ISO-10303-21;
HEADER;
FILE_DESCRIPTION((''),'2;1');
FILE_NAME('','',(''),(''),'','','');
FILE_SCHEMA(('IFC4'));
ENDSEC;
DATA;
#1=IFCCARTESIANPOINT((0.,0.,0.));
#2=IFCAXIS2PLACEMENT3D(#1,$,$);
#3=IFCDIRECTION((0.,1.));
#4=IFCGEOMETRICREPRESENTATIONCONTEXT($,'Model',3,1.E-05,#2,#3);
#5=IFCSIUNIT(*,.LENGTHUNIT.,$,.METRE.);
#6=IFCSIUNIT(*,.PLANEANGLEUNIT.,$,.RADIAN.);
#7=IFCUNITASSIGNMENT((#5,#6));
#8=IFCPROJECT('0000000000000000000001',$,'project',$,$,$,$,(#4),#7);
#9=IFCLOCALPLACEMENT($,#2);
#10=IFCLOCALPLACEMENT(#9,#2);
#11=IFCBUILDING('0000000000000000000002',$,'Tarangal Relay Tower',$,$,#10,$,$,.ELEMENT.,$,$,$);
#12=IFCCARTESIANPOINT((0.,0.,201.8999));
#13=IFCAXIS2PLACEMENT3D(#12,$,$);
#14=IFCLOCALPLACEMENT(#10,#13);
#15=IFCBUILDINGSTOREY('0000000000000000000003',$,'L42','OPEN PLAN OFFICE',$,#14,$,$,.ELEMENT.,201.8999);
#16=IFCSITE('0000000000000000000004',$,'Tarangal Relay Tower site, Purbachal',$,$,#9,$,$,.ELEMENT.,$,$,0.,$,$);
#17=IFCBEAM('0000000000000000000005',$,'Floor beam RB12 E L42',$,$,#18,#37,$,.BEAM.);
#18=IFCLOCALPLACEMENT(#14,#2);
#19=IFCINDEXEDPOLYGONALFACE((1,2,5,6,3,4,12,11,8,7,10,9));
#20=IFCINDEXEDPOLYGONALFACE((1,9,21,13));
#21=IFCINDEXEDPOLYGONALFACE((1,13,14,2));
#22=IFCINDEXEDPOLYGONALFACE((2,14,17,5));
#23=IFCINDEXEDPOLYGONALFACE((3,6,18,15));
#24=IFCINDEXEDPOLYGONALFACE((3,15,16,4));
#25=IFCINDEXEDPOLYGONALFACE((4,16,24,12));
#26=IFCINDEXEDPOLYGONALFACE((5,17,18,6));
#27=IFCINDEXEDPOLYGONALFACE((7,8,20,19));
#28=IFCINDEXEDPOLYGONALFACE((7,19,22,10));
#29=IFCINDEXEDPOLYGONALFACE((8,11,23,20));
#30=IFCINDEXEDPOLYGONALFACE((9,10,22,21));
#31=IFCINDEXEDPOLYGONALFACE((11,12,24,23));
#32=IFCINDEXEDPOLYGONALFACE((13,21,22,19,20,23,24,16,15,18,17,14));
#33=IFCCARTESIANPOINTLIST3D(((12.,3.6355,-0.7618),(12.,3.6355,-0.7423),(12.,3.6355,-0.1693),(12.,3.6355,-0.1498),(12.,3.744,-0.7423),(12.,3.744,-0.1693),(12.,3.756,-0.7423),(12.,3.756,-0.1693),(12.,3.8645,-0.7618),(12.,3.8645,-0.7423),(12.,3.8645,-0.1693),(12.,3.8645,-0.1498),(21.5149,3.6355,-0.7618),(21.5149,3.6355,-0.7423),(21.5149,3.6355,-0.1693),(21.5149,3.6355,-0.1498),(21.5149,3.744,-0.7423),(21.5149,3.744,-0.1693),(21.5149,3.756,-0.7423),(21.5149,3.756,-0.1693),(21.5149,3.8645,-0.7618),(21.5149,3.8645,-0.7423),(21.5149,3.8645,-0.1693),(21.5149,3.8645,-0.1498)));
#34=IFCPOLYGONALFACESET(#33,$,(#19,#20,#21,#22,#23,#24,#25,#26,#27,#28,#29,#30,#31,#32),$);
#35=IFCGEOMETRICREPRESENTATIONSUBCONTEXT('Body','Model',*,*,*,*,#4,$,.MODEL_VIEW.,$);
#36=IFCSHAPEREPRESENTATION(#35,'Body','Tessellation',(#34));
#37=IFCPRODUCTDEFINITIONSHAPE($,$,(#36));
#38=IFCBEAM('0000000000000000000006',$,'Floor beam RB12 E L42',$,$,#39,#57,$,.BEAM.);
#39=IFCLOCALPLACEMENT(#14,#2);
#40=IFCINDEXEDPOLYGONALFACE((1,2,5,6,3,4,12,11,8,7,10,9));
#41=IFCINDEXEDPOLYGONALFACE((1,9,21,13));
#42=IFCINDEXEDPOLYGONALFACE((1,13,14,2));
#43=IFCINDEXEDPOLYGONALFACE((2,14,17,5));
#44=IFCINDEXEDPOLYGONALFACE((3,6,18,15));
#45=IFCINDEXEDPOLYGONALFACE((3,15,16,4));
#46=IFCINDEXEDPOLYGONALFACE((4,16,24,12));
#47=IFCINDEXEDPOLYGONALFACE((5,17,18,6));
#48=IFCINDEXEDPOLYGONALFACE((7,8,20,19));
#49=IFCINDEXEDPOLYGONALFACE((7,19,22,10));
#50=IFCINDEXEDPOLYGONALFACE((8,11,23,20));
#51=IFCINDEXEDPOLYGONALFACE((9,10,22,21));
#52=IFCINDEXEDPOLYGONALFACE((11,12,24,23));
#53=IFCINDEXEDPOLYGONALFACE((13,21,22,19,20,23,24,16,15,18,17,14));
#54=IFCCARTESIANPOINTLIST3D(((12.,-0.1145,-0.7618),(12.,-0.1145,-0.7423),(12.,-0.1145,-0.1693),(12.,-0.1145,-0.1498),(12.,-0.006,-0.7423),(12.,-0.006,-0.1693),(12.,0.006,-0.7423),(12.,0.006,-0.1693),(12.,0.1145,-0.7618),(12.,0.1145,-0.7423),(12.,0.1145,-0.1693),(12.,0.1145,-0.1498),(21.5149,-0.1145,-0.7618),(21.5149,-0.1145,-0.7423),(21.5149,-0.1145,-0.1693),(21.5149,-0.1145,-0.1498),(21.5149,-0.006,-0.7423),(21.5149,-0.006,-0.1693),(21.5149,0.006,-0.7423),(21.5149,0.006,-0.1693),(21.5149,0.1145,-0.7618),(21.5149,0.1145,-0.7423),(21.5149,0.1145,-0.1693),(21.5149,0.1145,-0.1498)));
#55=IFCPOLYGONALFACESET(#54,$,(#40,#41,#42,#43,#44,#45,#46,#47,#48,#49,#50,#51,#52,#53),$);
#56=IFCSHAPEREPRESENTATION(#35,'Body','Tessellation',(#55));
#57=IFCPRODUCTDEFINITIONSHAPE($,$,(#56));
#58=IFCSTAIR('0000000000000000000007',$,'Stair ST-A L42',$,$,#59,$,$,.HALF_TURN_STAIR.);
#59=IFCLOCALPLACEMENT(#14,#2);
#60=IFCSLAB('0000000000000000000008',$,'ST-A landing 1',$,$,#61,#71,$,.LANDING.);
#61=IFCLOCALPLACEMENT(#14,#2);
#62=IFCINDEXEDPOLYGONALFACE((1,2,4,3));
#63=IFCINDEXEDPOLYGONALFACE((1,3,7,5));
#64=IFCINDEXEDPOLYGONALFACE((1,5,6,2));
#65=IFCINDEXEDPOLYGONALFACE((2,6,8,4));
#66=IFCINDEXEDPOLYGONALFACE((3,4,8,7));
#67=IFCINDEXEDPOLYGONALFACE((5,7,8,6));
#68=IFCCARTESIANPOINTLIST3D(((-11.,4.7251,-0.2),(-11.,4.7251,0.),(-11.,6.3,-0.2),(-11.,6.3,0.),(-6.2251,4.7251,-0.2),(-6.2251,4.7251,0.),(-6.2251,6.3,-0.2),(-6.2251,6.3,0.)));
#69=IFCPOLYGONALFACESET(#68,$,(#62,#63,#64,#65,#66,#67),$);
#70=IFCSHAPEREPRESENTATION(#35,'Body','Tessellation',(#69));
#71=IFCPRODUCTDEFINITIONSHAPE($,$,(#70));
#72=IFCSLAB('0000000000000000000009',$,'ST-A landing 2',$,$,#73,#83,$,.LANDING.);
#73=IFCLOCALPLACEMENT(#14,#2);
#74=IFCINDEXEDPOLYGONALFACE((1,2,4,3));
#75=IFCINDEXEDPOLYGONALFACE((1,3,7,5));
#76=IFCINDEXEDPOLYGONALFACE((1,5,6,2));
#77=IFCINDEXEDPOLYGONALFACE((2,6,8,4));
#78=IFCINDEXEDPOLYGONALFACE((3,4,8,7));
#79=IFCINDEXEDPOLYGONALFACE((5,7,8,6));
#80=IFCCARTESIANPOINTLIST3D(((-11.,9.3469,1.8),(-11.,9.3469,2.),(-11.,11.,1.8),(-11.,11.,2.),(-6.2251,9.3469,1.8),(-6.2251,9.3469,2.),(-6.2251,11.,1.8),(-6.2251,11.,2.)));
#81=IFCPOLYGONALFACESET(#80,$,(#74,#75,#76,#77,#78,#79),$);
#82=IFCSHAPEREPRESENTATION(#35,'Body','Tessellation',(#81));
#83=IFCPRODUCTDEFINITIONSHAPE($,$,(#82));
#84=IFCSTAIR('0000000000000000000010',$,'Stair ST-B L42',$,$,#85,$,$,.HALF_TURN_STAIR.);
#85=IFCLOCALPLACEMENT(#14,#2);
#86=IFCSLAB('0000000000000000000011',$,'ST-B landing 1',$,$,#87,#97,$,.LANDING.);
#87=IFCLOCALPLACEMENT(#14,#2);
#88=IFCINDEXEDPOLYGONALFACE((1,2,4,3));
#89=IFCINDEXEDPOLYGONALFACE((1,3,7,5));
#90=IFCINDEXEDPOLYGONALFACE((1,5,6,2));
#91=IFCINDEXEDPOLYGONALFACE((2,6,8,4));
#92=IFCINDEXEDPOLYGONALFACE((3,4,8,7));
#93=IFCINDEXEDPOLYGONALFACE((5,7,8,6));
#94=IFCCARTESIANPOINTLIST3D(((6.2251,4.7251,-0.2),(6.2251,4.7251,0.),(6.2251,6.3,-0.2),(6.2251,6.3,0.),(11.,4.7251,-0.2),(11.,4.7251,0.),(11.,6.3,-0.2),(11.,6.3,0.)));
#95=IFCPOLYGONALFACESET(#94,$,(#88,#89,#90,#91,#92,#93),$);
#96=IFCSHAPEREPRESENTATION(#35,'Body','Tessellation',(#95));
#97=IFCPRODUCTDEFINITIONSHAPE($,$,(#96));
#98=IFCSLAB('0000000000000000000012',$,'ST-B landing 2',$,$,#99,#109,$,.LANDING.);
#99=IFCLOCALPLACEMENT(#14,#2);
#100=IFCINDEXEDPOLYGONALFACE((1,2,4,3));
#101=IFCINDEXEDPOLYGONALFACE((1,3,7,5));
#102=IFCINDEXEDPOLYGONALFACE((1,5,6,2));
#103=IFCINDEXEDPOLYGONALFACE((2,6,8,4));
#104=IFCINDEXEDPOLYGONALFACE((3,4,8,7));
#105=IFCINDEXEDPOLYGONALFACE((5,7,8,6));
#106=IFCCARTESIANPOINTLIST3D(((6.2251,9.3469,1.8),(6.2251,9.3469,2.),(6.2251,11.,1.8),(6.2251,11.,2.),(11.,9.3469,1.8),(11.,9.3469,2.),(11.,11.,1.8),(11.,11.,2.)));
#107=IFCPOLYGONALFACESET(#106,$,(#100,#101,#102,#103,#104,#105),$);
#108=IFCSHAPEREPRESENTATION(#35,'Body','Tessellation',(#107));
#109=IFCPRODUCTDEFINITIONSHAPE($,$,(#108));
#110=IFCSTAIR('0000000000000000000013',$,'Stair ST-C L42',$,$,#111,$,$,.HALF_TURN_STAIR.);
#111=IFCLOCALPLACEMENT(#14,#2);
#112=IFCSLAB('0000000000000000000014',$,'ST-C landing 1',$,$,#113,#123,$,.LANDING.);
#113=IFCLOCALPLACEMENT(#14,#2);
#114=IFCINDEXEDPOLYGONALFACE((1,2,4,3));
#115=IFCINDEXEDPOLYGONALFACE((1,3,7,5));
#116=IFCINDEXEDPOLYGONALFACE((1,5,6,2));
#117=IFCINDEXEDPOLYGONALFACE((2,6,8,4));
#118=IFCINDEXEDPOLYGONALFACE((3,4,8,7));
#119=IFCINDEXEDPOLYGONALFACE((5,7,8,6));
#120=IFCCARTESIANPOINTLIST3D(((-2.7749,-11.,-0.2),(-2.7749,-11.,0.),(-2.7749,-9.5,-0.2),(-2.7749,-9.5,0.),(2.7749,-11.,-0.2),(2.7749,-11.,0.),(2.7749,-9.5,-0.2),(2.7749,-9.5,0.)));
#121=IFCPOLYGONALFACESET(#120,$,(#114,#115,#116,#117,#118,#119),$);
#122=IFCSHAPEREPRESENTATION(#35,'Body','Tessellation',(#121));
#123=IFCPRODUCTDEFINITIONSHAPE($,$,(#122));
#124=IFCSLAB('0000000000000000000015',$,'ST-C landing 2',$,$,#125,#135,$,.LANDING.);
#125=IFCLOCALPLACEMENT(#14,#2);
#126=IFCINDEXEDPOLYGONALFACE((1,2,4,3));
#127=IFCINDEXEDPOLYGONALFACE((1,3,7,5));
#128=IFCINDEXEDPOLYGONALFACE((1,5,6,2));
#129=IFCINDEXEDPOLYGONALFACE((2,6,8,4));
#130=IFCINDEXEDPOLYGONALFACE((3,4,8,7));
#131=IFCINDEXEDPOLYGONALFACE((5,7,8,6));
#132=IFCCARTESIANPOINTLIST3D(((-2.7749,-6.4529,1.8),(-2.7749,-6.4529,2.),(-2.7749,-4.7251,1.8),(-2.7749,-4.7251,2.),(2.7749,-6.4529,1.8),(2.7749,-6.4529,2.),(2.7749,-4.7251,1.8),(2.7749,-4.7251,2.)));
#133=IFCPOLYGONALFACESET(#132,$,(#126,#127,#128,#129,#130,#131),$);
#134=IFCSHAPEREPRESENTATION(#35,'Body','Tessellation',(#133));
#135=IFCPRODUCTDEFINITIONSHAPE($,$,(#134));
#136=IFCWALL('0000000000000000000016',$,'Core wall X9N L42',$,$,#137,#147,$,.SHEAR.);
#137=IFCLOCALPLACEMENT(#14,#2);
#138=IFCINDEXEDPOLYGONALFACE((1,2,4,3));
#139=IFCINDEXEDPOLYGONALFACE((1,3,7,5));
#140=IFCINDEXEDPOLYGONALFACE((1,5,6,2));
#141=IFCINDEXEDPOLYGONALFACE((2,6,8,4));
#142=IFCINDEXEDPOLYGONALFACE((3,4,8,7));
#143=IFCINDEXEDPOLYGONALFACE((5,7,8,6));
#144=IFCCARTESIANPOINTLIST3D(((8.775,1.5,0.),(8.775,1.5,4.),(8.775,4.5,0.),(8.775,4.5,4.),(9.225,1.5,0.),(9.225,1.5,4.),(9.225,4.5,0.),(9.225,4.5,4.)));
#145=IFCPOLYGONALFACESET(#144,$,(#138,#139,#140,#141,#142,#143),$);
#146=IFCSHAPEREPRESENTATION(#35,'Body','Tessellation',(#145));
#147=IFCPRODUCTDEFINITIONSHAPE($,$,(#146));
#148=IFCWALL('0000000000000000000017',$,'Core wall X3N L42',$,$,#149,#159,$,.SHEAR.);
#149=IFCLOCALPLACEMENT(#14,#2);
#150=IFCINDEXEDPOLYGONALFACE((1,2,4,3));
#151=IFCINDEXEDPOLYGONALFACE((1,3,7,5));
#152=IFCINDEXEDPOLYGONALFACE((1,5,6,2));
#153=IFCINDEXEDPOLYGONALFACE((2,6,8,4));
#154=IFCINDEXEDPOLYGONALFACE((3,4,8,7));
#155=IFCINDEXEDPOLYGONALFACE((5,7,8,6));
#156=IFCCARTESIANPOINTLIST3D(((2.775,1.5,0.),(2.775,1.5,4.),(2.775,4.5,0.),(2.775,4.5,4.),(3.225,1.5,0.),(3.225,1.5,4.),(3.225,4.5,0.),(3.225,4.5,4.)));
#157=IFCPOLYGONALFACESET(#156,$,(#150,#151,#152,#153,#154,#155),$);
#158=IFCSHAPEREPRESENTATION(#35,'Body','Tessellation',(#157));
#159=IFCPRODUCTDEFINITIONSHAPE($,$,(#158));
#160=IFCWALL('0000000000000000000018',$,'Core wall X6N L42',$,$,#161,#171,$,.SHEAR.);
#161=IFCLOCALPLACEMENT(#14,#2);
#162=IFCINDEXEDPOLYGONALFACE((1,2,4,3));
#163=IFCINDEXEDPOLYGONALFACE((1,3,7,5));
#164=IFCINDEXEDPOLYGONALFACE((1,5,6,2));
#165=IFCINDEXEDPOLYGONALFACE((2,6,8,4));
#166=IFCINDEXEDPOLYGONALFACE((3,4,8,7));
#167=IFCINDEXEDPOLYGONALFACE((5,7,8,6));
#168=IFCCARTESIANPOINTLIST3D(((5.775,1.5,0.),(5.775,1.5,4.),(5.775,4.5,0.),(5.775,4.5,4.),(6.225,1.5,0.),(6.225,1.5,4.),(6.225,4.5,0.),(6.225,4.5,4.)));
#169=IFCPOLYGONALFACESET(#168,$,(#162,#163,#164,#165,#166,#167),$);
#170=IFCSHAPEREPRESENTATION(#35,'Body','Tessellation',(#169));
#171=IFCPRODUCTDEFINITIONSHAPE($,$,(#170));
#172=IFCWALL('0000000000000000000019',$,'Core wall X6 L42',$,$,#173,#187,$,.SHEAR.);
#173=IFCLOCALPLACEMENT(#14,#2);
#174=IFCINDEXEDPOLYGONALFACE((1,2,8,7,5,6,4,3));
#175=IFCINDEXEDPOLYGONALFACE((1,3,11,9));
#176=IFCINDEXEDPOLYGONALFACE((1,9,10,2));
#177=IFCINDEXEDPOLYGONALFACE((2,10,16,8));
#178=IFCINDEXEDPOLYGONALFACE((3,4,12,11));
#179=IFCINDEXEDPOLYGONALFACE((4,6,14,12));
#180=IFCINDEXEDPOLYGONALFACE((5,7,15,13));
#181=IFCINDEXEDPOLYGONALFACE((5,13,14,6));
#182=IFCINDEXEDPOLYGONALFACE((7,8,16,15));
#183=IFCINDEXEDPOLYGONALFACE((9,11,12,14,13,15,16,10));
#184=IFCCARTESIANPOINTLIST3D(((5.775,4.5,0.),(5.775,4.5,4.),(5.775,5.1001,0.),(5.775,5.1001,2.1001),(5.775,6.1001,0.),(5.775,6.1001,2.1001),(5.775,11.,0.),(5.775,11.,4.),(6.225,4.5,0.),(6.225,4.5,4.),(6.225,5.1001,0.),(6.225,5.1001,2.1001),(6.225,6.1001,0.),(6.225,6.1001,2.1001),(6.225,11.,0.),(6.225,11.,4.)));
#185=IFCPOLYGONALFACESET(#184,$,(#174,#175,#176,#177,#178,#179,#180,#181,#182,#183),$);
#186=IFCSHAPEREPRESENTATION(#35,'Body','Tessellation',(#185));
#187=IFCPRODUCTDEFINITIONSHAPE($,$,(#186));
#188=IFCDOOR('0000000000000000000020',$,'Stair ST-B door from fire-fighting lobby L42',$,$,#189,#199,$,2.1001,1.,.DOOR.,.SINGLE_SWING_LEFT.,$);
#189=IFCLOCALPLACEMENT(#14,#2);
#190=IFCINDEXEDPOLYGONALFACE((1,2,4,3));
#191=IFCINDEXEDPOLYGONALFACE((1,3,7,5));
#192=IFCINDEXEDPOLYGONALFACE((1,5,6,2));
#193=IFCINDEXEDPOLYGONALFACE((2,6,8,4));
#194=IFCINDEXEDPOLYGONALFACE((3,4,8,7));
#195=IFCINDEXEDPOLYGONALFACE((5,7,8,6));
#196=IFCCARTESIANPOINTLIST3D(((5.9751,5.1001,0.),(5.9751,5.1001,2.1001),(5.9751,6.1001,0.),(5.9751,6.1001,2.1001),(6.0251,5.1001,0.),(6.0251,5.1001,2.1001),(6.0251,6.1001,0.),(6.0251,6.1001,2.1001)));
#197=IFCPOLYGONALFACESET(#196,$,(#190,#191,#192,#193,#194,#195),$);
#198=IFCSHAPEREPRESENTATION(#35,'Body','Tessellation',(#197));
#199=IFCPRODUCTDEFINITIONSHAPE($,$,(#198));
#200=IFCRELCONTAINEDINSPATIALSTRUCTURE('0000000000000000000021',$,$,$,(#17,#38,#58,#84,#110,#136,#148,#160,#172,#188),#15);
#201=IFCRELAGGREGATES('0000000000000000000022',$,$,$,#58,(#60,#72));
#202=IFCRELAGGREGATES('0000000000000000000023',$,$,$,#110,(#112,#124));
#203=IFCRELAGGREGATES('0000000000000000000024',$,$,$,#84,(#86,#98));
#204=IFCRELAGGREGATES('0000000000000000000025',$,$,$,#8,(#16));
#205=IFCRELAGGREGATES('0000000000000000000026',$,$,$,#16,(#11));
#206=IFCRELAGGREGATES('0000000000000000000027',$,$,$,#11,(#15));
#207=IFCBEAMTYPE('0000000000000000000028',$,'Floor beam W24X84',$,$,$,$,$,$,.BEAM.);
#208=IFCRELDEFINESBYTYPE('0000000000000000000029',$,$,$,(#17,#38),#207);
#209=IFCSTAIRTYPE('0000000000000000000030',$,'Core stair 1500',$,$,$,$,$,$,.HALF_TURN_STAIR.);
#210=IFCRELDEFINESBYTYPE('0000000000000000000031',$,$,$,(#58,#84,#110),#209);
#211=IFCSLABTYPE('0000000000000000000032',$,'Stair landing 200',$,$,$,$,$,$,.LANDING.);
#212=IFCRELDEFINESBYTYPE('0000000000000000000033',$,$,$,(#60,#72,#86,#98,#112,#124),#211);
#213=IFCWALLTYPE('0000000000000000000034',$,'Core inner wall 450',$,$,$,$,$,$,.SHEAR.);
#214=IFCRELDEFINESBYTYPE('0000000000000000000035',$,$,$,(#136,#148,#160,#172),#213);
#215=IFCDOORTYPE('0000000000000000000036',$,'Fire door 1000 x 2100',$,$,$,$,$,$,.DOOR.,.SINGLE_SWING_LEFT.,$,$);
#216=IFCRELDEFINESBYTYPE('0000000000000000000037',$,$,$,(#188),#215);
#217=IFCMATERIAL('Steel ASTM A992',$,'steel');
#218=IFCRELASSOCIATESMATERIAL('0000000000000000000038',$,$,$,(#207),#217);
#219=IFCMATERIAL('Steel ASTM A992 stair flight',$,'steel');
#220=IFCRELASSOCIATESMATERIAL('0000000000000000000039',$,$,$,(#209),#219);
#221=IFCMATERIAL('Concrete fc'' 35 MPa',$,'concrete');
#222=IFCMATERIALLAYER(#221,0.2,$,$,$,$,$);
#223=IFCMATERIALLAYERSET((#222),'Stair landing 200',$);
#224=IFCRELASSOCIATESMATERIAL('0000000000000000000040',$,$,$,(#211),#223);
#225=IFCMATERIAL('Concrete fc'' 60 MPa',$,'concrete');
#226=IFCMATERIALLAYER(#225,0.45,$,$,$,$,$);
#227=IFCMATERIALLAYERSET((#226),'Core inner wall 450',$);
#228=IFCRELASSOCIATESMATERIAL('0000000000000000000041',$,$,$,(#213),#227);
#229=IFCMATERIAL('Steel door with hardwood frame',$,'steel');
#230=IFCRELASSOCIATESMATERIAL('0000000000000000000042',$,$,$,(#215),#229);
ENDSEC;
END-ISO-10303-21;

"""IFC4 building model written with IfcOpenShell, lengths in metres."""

from ifc_helpers import new_model, si_unit, direction, frame, frame_2d, origin, origin_2d, place, context, subcontext, project, spatial, polyline, rectangle, i_section, outline, extrude, material, layer, layer_set, material_profile, profile_set, type_object, element, fill, aggregate, save


model = new_model("IFC4")

# Units and contexts
model_context = context("Model", 3, precision=1e-05, world=origin(), true_north=direction((0.0, 1.0)))
body_context = subcontext(model_context, "Body", "Model", "MODEL_VIEW")
ifc_project = project(units=[si_unit("LENGTHUNIT", "METRE"), si_unit("PLANEANGLEUNIT", "RADIAN")], contexts=[model_context])

# Site, building, storey
site_placement = place(None, origin())
site = spatial("IfcSite", under=ifc_project, at=site_placement, Name="Tarangal Relay Tower site, Purbachal", CompositionType="ELEMENT", RefElevation=0.0)
building_placement = place(site_placement, origin())
building = spatial("IfcBuilding", under=site, at=building_placement, Name="Tarangal Relay Tower", CompositionType="ELEMENT")
storey_placement = place(building_placement, frame((0.0, 0.0, 201.8999)))
storey = spatial("IfcBuildingStorey", under=building, at=storey_placement, Name="L42", Description="OPEN PLAN OFFICE", CompositionType="ELEMENT", Elevation=201.8999)

# Beams
ifc_material_1 = material(Name="Steel ASTM A992", Category="steel")
ifc_material_profile = material_profile(ifc_material_1, i_section(OverallWidth=0.229, OverallDepth=0.6121, WebThickness=0.012, FlangeThickness=0.0195, at=origin_2d()), Name="W24X84")
ifc_profile_set = profile_set([ifc_material_profile], Name="Steel ASTM A992")
beam_type = type_object("IfcBeamType", Name="Floor beam W24X84", PredefinedType="BEAM", material=ifc_profile_set)
for number, where, z_axis, x_axis, name in (
    (1, (12.0, 3.75, -0.4558), (1.0, 0.0, 0.0), (0.0, 1.0, 0.0), "Floor beam RB12 E L42"),
    (2, (12.0, 0.0, -0.4558), (1.0, 0.0, 0.0), (0.0, 1.0, 0.0), "Floor beam RB12 E L42"),
):
    element("IfcBeam", number, at=place(storey_placement, frame(where, z_axis=z_axis, x_axis=x_axis)), inside=storey, type_object=beam_type, Name=name, PredefinedType="BEAM", context=body_context, shape_type="SweptSolid", body=[
        extrude(i_section(OverallWidth=0.229, OverallDepth=0.6121, WebThickness=0.012, FlangeThickness=0.0195, at=origin_2d()), origin(), (0.0, 0.0, 1.0), 9.5149),
    ])

# Stairs, slabs
ifc_material_2 = material(Name="Steel ASTM A992 stair flight", Category="steel")
stair_type = type_object("IfcStairType", Name="Core stair 1500", PredefinedType="HALF_TURN_STAIR", material=ifc_material_2)
stair_1_placement = place(storey_placement, origin())
stair_1 = element("IfcStair", 3, at=stair_1_placement, inside=storey, type_object=stair_type, Name="Stair ST-A L42", PredefinedType="HALF_TURN_STAIR")
ifc_material_3 = material(Name="Concrete fc' 35 MPa", Category="concrete")
ifc_layer_1 = layer(ifc_material_3, 0.2)
ifc_layer_set_1 = layer_set([ifc_layer_1], Name="Stair landing 200")
slab_type = type_object("IfcSlabType", Name="Stair landing 200", PredefinedType="LANDING", material=ifc_layer_set_1)
slab_1_placement = place(storey_placement, frame((0.0, 0.0, -0.2)))
slab_1 = element("IfcSlab", 4, at=slab_1_placement, type_object=slab_type, Name="ST-A landing 1", PredefinedType="LANDING", context=body_context, shape_type="SweptSolid", body=[
    extrude(outline(polyline([(-11.0, 4.7251), (-6.2251, 4.7251), (-6.2251, 6.3), (-11.0, 6.3), (-11.0, 4.7251)])), origin(), (0.0, 0.0, 1.0), 0.2),
])
slab_2_placement = place(storey_placement, frame((0.0, 0.0, 1.8)))
slab_2 = element("IfcSlab", 5, at=slab_2_placement, type_object=slab_type, Name="ST-A landing 2", PredefinedType="LANDING", context=body_context, shape_type="SweptSolid", body=[
    extrude(outline(polyline([(-11.0, 9.3469), (-6.2251, 9.3469), (-6.2251, 11.0), (-11.0, 11.0), (-11.0, 9.3469)])), origin(), (0.0, 0.0, 1.0), 0.2),
])
aggregate(stair_1, [slab_1, slab_2])
stair_2_placement = place(storey_placement, origin())
stair_2 = element("IfcStair", 6, at=stair_2_placement, inside=storey, type_object=stair_type, Name="Stair ST-B L42", PredefinedType="HALF_TURN_STAIR")
slab_3_placement = place(storey_placement, frame((0.0, 0.0, -0.2)))
slab_3 = element("IfcSlab", 7, at=slab_3_placement, type_object=slab_type, Name="ST-B landing 1", PredefinedType="LANDING", context=body_context, shape_type="SweptSolid", body=[
    extrude(outline(polyline([(6.2251, 4.7251), (11.0, 4.7251), (11.0, 6.3), (6.2251, 6.3), (6.2251, 4.7251)])), origin(), (0.0, 0.0, 1.0), 0.2),
])
slab_4_placement = place(storey_placement, frame((0.0, 0.0, 1.8)))
slab_4 = element("IfcSlab", 8, at=slab_4_placement, type_object=slab_type, Name="ST-B landing 2", PredefinedType="LANDING", context=body_context, shape_type="SweptSolid", body=[
    extrude(outline(polyline([(6.2251, 9.3469), (11.0, 9.3469), (11.0, 11.0), (6.2251, 11.0), (6.2251, 9.3469)])), origin(), (0.0, 0.0, 1.0), 0.2),
])
stair_3_placement = place(storey_placement, origin())
stair_3 = element("IfcStair", 9, at=stair_3_placement, inside=storey, type_object=stair_type, Name="Stair ST-C L42", PredefinedType="HALF_TURN_STAIR")
slab_5_placement = place(storey_placement, frame((0.0, 0.0, -0.2)))
slab_5 = element("IfcSlab", 10, at=slab_5_placement, type_object=slab_type, Name="ST-C landing 1", PredefinedType="LANDING", context=body_context, shape_type="SweptSolid", body=[
    extrude(outline(polyline([(-2.7749, -11.0), (2.7749, -11.0), (2.7749, -9.5), (-2.7749, -9.5), (-2.7749, -11.0)])), origin(), (0.0, 0.0, 1.0), 0.2),
])
slab_6_placement = place(storey_placement, frame((0.0, 0.0, 1.8)))
slab_6 = element("IfcSlab", 11, at=slab_6_placement, type_object=slab_type, Name="ST-C landing 2", PredefinedType="LANDING", context=body_context, shape_type="SweptSolid", body=[
    extrude(outline(polyline([(-2.7749, -6.4529), (2.7749, -6.4529), (2.7749, -4.7251), (-2.7749, -4.7251), (-2.7749, -6.4529)])), origin(), (0.0, 0.0, 1.0), 0.2),
])
aggregate(stair_3, [slab_5, slab_6])

# Walls
ifc_material_4 = material(Name="Concrete fc' 60 MPa", Category="concrete")
ifc_layer_2 = layer(ifc_material_4, 0.45)
ifc_layer_set_2 = layer_set([ifc_layer_2], Name="Core inner wall 450")
wall_type_1 = type_object("IfcWallType", Name="Core inner wall 450", PredefinedType="SHEAR", material=ifc_layer_set_2)
for number, where, z_axis, x_axis, name in (
    (12, (9.0, 1.5, 0.0), (0.0, 0.0, 1.0), (0.0, 1.0, 0.0), "Core wall X9N L42"),
    (13, (3.0, 1.5, 0.0), (0.0, 0.0, 1.0), (0.0, 1.0, 0.0), "Core wall X3N L42"),
    (14, (6.0, 1.5, 0.0), (0.0, 0.0, 1.0), (0.0, 1.0, 0.0), "Core wall X6N L42"),
):
    element("IfcWall", number, at=place(storey_placement, frame(where, z_axis=z_axis, x_axis=x_axis)), inside=storey, type_object=wall_type_1, Name=name, PredefinedType="SHEAR", context=body_context, shape_type="SweptSolid", body=[
        extrude(rectangle(XDim=3.0, YDim=0.45, at=frame_2d((1.5, 0.0))), origin(), (0.0, 0.0, 1.0), 4.0),
    ])

# Wall, opening, door
wall_1_placement = place(storey_placement, frame((6.0, 4.5, 0.0), z_axis=(0.0, 0.0, 1.0), x_axis=(0.0, 1.0, 0.0)))
wall_1 = element("IfcWall", 15, at=wall_1_placement, inside=storey, type_object=wall_type_1, Name="Core wall X6 L42", PredefinedType="SHEAR", context=body_context, shape_type="SweptSolid", body=[
    extrude(rectangle(XDim=6.5, YDim=0.45, at=frame_2d((3.25, 0.0))), origin(), (0.0, 0.0, 1.0), 4.0),
])
opening_1_placement = place(wall_1_placement, frame((0.6001, 0.0, 0.0)))
opening_1 = element("IfcOpeningElement", 16, at=opening_1_placement, cuts=wall_1, PredefinedType="OPENING", context=body_context, shape_type="SweptSolid", body=[
    extrude(rectangle(XDim=1.0, YDim=2.1001, at=frame_2d((0.5, 1.05))), frame((0.0, 0.2349, 0.0), z_axis=(0.0, -1.0, 0.0), x_axis=(1.0, 0.0, 0.0)), (0.0, 0.0, 1.0), 0.47),
])
ifc_material_5 = material(Name="Steel door with hardwood frame", Category="steel")
door_type_1 = type_object("IfcDoorType", Name="Fire door 1000 x 2100", OperationType="SINGLE_SWING_LEFT", PredefinedType="DOOR", material=ifc_material_5)
door_1_placement = place(opening_1_placement, origin())
door_1 = element("IfcDoor", 17, at=door_1_placement, inside=storey, type_object=door_type_1, Name="Stair ST-B door from fire-fighting lobby L42", OperationType="SINGLE_SWING_LEFT", OverallHeight=2.1001, OverallWidth=1.0, PredefinedType="DOOR", context=body_context, shape_type="SweptSolid", body=[
    extrude(rectangle(XDim=1.0, YDim=2.1001, at=frame_2d((0.5, 1.05))), frame((0.0, 0.0249, 0.0), z_axis=(0.0, -1.0, 0.0), x_axis=(1.0, 0.0, 0.0)), (0.0, 0.0, 1.0), 0.05),
])
fill(opening_1, door_1)

aggregate(stair_2, [slab_3, slab_4])

save(model, "model.ifc")
